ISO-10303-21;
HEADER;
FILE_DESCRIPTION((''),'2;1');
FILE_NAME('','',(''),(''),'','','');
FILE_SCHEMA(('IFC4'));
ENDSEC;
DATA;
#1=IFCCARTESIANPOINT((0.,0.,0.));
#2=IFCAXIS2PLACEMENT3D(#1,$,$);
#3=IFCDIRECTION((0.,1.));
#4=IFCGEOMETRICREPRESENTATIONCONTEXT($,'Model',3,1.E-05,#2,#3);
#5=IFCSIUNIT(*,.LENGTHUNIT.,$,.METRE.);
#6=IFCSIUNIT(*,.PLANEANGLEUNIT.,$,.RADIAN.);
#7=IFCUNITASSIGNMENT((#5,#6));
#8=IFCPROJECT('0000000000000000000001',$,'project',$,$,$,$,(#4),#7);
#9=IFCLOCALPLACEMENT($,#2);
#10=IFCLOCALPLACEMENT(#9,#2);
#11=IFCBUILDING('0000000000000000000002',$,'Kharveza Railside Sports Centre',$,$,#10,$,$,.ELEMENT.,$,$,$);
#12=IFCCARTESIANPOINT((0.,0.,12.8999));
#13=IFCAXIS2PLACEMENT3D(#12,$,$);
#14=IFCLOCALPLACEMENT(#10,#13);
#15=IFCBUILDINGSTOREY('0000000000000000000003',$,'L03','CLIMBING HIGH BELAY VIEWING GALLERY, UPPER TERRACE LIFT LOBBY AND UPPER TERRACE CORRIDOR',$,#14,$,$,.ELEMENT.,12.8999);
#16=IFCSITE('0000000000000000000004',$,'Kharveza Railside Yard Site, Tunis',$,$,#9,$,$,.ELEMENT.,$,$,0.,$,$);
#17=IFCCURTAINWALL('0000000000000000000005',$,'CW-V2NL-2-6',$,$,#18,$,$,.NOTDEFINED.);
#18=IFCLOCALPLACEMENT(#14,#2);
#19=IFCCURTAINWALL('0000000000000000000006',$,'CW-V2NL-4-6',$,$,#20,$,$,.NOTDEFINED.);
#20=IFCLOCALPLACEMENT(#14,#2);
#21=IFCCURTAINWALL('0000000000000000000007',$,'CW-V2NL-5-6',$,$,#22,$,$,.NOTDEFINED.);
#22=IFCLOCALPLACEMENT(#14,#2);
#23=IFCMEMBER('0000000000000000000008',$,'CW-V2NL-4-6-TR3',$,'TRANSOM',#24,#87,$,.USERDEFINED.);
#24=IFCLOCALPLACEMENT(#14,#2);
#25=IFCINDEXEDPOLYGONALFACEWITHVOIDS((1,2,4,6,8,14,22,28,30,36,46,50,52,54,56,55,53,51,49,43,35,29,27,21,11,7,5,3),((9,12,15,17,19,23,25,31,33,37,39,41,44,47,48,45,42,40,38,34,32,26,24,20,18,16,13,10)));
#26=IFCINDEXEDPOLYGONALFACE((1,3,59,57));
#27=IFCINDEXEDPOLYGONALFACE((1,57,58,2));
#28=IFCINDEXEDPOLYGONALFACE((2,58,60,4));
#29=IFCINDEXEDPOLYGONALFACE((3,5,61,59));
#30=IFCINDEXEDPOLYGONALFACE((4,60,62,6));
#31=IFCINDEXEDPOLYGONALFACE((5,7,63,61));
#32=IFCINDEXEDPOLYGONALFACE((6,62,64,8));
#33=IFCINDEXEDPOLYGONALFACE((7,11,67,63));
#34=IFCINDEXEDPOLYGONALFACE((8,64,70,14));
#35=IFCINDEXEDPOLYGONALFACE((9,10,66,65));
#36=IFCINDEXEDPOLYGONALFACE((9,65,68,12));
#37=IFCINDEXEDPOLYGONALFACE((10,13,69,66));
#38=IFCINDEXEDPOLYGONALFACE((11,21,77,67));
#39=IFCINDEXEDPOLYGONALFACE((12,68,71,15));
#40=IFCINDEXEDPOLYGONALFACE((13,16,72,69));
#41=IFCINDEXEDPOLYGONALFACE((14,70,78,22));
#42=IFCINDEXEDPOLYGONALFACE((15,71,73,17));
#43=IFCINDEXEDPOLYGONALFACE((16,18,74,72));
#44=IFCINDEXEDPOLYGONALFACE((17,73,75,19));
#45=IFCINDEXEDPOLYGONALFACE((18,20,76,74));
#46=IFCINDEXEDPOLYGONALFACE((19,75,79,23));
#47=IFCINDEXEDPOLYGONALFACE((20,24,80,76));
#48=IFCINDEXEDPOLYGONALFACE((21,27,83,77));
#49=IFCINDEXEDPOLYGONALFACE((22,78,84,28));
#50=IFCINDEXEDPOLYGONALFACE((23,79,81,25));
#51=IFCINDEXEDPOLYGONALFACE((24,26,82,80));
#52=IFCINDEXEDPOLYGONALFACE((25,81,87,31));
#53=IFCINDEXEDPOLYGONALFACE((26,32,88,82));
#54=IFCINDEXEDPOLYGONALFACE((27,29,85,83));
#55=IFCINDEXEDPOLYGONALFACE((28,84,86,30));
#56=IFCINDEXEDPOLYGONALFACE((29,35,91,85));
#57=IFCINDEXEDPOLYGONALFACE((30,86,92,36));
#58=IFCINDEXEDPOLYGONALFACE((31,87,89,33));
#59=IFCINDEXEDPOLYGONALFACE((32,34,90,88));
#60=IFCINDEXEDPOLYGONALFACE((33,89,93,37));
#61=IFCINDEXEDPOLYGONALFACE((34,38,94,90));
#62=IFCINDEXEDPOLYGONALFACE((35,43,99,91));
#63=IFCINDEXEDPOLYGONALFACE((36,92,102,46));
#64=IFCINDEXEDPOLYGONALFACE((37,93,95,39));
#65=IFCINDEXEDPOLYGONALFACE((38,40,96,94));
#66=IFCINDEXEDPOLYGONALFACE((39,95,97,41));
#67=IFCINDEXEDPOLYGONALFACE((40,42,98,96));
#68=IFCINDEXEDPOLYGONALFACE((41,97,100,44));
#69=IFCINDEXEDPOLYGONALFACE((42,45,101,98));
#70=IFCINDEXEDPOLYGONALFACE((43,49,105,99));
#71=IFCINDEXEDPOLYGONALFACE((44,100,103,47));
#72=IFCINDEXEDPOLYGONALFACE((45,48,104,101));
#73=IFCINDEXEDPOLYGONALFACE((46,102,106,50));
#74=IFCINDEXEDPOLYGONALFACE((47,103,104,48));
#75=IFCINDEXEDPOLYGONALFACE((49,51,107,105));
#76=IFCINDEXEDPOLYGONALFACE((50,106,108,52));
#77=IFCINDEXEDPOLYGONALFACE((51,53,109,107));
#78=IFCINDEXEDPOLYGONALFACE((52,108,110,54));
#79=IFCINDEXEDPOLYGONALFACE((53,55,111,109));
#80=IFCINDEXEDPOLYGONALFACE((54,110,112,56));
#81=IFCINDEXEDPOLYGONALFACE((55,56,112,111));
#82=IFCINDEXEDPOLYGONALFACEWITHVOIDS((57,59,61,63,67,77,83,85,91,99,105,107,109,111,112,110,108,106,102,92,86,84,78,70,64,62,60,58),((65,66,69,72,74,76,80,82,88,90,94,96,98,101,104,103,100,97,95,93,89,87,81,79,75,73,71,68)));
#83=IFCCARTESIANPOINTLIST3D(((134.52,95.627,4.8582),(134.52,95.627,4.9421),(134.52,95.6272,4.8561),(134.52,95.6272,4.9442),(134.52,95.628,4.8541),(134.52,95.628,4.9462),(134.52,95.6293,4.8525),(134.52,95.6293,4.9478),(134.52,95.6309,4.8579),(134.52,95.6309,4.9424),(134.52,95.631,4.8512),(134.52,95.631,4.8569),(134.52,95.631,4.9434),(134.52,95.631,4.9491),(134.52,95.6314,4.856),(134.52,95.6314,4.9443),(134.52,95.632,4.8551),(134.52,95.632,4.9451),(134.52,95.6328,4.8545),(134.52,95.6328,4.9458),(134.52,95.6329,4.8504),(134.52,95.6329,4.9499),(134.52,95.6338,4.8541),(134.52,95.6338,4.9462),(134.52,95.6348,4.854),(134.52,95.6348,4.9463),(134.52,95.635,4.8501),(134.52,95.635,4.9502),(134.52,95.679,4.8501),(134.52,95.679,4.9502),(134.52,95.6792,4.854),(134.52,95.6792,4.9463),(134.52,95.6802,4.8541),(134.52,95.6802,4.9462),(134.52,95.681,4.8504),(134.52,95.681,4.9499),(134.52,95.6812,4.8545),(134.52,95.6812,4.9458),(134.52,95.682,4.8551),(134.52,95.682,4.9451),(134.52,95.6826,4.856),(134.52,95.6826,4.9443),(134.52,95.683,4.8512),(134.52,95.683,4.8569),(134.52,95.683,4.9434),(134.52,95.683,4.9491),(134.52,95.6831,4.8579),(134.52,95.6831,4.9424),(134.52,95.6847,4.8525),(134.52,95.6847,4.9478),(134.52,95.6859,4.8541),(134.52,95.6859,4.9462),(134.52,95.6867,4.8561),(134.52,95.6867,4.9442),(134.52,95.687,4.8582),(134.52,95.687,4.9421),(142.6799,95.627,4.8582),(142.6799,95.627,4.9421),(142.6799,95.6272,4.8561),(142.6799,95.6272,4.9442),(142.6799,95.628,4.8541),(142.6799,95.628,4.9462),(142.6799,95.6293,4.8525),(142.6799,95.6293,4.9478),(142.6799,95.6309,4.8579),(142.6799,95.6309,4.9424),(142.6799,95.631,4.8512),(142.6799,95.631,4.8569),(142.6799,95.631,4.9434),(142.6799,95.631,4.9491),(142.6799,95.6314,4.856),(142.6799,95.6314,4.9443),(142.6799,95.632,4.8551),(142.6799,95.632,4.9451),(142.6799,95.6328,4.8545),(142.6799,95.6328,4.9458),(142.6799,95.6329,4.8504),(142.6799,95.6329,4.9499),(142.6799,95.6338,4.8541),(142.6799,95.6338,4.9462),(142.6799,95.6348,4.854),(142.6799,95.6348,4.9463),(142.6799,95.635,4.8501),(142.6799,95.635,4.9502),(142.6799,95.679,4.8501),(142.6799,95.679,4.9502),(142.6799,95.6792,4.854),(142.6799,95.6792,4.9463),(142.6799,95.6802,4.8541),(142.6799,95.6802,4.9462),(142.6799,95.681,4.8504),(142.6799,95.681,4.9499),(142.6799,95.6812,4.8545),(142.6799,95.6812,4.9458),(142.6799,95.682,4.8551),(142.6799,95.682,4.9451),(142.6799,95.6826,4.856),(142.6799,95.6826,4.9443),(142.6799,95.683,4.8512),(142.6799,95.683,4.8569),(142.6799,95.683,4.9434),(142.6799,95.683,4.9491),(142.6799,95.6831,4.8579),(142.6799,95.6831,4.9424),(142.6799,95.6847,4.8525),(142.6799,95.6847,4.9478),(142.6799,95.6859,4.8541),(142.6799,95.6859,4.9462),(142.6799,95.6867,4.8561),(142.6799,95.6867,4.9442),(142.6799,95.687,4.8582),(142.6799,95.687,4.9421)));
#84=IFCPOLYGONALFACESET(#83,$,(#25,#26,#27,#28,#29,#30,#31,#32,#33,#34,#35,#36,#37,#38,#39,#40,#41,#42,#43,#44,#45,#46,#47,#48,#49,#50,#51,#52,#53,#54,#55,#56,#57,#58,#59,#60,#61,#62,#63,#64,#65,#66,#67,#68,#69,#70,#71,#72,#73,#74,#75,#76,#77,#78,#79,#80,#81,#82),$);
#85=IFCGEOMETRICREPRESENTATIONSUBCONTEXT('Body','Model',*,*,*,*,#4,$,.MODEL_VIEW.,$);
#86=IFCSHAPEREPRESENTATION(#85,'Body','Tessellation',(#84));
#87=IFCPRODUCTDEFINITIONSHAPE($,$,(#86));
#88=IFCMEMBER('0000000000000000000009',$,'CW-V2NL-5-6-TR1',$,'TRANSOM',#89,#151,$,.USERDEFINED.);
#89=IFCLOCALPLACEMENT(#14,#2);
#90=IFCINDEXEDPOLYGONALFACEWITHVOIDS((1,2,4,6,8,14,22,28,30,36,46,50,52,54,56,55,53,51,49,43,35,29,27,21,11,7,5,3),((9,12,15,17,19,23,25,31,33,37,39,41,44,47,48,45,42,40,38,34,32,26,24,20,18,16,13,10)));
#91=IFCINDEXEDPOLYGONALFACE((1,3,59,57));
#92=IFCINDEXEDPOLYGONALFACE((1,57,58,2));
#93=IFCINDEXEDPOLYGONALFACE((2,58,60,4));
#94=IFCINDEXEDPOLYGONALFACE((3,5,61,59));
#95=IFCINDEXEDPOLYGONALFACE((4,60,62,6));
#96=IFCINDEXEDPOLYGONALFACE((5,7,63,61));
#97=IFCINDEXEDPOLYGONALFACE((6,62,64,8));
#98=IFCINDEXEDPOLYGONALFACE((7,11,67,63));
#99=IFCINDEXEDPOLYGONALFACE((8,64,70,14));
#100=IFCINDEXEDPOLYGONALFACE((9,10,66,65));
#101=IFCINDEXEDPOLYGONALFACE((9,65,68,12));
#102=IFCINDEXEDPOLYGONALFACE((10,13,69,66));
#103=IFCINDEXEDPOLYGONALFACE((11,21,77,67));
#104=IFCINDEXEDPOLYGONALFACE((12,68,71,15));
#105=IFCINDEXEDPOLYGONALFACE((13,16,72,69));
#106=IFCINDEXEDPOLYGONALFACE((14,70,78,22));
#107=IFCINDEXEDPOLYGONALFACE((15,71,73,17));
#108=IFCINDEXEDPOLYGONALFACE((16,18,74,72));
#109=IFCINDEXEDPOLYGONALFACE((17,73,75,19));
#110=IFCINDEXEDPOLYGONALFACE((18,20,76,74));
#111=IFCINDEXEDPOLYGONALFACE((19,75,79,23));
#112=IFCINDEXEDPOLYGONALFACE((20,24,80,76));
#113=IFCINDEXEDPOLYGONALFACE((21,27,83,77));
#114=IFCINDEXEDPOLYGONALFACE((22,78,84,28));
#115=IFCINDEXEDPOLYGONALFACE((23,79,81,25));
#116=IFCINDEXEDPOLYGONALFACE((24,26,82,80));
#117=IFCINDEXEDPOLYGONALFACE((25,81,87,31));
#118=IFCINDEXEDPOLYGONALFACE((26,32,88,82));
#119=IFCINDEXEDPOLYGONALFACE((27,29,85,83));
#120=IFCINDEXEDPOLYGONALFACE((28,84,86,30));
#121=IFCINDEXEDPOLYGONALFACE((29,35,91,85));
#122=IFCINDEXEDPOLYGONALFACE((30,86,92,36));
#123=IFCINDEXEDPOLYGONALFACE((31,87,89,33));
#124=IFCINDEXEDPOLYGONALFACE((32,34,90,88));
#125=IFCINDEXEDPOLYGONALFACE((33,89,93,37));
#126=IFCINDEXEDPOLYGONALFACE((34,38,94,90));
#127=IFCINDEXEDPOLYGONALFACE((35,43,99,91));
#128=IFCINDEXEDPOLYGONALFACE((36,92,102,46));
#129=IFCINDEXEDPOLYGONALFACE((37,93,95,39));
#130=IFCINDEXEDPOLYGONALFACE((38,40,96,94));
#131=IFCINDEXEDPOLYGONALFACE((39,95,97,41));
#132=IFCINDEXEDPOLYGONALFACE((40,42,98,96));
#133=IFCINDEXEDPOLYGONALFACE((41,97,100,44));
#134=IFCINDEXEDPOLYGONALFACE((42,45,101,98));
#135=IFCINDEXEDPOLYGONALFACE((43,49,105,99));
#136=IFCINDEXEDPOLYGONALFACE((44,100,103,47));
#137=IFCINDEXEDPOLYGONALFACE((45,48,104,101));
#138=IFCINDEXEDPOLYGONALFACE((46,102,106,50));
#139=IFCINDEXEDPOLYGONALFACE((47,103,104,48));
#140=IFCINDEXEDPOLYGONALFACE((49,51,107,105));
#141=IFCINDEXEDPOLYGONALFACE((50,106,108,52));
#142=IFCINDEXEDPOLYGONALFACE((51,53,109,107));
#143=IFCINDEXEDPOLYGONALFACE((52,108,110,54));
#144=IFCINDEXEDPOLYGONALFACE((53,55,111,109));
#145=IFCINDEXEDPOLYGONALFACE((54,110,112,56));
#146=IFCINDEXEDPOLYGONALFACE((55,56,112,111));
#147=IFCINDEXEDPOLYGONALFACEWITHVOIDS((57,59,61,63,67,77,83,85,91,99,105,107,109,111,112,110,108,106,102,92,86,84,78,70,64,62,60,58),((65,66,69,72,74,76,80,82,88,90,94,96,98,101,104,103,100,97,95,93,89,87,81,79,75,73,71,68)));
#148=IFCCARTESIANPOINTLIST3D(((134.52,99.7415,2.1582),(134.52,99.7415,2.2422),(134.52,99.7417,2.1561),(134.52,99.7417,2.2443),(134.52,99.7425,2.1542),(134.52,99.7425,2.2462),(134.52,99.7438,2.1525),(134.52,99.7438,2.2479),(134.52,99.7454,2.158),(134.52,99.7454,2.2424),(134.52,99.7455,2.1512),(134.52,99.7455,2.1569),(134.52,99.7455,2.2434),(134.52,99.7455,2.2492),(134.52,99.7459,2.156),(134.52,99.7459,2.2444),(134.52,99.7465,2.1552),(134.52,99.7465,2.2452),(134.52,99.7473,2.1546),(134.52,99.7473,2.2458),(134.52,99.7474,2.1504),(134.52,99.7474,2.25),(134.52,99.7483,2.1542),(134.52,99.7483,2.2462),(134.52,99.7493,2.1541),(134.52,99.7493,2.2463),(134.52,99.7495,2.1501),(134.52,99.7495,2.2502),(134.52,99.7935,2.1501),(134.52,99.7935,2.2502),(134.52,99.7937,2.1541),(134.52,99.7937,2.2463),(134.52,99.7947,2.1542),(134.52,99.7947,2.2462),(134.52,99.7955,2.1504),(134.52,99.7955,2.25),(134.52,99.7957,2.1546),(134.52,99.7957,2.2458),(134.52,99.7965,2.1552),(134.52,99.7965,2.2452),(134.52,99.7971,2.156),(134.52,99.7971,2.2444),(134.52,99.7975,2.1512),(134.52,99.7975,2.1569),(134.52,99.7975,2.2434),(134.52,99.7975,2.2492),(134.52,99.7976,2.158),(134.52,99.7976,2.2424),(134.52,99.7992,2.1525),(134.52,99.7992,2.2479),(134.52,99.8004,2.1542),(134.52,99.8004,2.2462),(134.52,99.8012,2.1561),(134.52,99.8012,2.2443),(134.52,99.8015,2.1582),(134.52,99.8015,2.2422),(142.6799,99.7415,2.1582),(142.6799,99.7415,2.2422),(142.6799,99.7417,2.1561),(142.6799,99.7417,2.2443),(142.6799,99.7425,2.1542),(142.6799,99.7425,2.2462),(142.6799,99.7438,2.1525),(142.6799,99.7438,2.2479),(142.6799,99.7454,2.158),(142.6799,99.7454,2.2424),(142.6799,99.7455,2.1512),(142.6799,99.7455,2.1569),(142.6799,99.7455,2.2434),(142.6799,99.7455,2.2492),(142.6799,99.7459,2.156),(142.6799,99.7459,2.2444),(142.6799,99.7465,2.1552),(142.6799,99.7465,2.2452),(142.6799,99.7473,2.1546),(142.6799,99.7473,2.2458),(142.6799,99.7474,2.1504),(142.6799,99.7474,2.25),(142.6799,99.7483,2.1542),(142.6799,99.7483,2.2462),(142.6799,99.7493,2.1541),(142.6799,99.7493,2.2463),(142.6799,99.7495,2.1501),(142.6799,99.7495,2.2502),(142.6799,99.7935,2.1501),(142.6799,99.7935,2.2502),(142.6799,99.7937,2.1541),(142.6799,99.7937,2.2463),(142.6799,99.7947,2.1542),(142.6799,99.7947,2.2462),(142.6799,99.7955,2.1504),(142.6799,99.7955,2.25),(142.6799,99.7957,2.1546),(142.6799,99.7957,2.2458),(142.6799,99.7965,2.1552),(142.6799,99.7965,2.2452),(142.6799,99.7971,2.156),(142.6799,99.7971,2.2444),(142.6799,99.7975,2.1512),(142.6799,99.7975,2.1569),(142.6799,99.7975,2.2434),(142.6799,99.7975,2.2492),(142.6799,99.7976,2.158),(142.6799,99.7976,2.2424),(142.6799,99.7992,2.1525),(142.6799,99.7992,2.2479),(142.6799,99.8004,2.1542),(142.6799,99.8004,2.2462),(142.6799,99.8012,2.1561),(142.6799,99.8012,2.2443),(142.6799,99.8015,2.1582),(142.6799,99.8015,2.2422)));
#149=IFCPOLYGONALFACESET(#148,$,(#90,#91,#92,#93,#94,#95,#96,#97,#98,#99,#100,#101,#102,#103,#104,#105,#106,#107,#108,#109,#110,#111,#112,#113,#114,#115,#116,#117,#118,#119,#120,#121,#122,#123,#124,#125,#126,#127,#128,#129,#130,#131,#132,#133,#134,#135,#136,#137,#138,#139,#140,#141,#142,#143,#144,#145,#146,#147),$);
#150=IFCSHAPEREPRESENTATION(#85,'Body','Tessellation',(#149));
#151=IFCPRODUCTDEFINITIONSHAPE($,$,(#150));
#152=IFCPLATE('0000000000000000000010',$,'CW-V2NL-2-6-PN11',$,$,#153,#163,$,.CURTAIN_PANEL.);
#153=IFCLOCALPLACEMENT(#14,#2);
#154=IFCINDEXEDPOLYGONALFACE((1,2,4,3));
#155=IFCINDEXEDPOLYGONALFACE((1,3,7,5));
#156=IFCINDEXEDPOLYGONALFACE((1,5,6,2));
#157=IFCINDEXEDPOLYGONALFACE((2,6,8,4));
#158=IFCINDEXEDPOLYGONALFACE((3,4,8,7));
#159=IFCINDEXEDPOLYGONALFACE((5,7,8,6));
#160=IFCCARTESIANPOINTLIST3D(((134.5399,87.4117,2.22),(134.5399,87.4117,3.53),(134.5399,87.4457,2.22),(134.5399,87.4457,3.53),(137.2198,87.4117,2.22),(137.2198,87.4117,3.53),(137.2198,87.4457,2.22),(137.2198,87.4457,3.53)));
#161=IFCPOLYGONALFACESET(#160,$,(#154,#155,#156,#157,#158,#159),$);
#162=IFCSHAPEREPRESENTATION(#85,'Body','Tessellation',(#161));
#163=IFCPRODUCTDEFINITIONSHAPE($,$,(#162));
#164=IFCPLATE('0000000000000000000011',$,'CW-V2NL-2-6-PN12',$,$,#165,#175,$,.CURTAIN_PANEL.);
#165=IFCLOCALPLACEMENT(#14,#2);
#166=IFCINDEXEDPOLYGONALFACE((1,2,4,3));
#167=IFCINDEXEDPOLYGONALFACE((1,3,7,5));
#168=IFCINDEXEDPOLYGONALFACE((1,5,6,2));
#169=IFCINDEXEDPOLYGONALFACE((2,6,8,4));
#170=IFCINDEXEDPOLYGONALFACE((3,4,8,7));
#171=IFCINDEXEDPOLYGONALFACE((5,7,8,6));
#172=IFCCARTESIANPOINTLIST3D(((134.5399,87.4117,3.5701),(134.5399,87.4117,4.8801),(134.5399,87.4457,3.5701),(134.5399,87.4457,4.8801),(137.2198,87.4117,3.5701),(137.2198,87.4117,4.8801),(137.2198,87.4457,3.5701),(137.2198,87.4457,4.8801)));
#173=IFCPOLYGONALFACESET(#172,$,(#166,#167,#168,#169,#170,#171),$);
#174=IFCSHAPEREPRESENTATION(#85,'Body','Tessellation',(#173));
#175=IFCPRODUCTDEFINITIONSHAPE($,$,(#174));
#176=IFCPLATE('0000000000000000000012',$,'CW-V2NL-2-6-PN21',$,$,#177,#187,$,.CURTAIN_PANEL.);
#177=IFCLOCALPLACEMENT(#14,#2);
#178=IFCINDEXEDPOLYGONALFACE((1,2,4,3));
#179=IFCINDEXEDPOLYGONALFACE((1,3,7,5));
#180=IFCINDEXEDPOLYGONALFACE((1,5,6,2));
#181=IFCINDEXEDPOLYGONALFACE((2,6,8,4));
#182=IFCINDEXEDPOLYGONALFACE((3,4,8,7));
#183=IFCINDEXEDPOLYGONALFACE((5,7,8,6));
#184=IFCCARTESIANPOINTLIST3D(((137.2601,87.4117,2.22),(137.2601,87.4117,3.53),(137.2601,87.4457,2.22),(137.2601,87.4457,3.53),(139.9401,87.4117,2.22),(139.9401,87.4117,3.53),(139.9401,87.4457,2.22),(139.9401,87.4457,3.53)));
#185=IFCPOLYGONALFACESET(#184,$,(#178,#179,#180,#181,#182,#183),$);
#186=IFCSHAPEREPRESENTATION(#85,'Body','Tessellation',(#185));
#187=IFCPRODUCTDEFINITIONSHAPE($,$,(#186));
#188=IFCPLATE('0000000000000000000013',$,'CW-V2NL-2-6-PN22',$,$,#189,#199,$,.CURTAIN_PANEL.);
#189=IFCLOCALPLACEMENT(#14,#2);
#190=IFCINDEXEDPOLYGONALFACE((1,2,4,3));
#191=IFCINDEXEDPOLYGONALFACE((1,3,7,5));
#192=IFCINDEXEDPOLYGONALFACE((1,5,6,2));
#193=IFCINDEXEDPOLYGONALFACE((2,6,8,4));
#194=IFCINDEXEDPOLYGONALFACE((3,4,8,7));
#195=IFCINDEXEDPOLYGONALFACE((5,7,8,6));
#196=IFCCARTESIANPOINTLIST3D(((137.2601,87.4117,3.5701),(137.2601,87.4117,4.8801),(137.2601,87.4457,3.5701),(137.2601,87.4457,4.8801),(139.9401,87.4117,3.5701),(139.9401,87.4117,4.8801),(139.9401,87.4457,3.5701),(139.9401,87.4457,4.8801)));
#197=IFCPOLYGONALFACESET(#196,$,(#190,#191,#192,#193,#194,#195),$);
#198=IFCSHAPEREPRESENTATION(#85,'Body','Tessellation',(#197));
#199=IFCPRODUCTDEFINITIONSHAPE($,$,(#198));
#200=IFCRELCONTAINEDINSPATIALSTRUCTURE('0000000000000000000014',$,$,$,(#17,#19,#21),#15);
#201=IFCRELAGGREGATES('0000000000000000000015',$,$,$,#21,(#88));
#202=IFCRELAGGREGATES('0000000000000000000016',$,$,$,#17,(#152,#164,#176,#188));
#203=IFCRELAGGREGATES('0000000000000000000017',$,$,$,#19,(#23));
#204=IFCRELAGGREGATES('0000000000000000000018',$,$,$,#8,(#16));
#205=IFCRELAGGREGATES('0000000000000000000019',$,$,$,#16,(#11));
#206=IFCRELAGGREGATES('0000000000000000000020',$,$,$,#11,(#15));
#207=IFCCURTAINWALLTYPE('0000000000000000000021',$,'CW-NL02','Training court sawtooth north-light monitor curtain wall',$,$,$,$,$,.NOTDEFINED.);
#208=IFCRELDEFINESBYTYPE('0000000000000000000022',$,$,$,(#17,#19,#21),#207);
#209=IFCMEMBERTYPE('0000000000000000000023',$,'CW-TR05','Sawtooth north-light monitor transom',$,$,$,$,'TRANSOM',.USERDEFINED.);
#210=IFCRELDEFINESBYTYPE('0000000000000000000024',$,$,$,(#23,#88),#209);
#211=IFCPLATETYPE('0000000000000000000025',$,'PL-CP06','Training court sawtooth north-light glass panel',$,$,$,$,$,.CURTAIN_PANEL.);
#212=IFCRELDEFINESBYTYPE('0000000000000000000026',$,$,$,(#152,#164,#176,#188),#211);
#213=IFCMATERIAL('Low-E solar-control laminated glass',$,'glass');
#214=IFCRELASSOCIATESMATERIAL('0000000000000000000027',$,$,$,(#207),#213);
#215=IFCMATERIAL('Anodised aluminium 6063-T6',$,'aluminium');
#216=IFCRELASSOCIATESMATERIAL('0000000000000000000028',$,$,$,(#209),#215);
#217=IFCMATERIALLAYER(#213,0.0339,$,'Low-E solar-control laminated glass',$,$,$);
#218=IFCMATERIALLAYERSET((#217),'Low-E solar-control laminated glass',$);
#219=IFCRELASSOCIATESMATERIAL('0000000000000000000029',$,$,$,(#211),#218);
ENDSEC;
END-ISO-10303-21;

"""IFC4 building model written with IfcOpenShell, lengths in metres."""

from ifc_helpers import new_model, si_unit, direction, frame, origin, origin_2d, place, context, subcontext, project, spatial, rectangle, hollow_rectangle, extrude, material, layer, layer_set, material_profile, profile_set, type_object, element, aggregate, save


model = new_model("IFC4")

# Units and contexts
model_context = context("Model", 3, precision=1e-05, world=origin(), true_north=direction((0.0, 1.0)))
body_context = subcontext(model_context, "Body", "Model", "MODEL_VIEW")
ifc_project = project(units=[si_unit("LENGTHUNIT", "METRE"), si_unit("PLANEANGLEUNIT", "RADIAN")], contexts=[model_context])

# Site, building, storey
site_placement = place(None, origin())
site = spatial("IfcSite", under=ifc_project, at=site_placement, Name="Kharveza Railside Yard Site, Tunis", CompositionType="ELEMENT", RefElevation=0.0)
building_placement = place(site_placement, origin())
building = spatial("IfcBuilding", under=site, at=building_placement, Name="Kharveza Railside Sports Centre", CompositionType="ELEMENT")
storey_placement = place(building_placement, frame((0.0, 0.0, 12.8999)))
storey = spatial("IfcBuildingStorey", under=building, at=storey_placement, Name="L03", Description="CLIMBING HIGH BELAY VIEWING GALLERY, UPPER TERRACE LIFT LOBBY AND UPPER TERRACE CORRIDOR", CompositionType="ELEMENT", Elevation=12.8999)

# Curtain walls
ifc_material_1 = material(Name="Low-E solar-control laminated glass", Category="glass")
curtain_wall_type = type_object("IfcCurtainWallType", Name="CW-NL02", Description="Training court sawtooth north-light monitor curtain wall", PredefinedType="NOTDEFINED", material=ifc_material_1)
curtain_wall_1_placement = place(storey_placement, origin())
curtain_wall_1 = element("IfcCurtainWall", 1, at=curtain_wall_1_placement, inside=storey, type_object=curtain_wall_type, Name="CW-V2NL-2-6", PredefinedType="NOTDEFINED")
ifc_material_2 = material(Name="Anodised aluminium 6063-T6", Category="aluminium")
curtain_wall_2_placement = place(storey_placement, origin())
curtain_wall_2 = element("IfcCurtainWall", 2, at=curtain_wall_2_placement, inside=storey, type_object=curtain_wall_type, Name="CW-V2NL-4-6", PredefinedType="NOTDEFINED")

# Curtain wall
curtain_wall_3_placement = place(storey_placement, origin())
curtain_wall_3 = element("IfcCurtainWall", 3, at=curtain_wall_3_placement, inside=storey, type_object=curtain_wall_type, Name="CW-V2NL-5-6", PredefinedType="NOTDEFINED")

# Members
ifc_material_profile_1 = material_profile(ifc_material_2, hollow_rectangle(XDim=0.0601, YDim=0.1001, WallThickness=0.0039, InnerFilletRadius=0.0039, OuterFilletRadius=0.0081, at=origin_2d()), Name="RHS 60x100x4.0")
ifc_profile_set_1 = profile_set([ifc_material_profile_1], Name="Anodised aluminium 6063-T6")
member_type_1 = type_object("IfcMemberType", Name="CW-TR05", Description="Sawtooth north-light monitor transom", ElementType="TRANSOM", PredefinedType="USERDEFINED", material=ifc_profile_set_1)
member_1_placement = place(storey_placement, frame((134.52, 95.657, 4.9001), z_axis=(1.0, 0.0, 0.0), x_axis=(0.0, 1.0, 0.0)))
member_1 = element("IfcMember", 4, at=member_1_placement, type_object=member_type_1, Name="CW-V2NL-4-6-TR3", ObjectType="TRANSOM", PredefinedType="USERDEFINED", context=body_context, shape_type="SweptSolid", body=[
    extrude(hollow_rectangle(XDim=0.0601, YDim=0.1001, WallThickness=0.0039, InnerFilletRadius=0.0039, OuterFilletRadius=0.0081, at=origin_2d()), origin(), (0.0, 0.0, 1.0), 8.1599),
])
member_2_placement = place(storey_placement, frame((134.52, 99.7715, 2.2002), z_axis=(1.0, 0.0, 0.0), x_axis=(0.0, 1.0, 0.0)))
member_2 = element("IfcMember", 5, at=member_2_placement, type_object=member_type_1, Name="CW-V2NL-5-6-TR1", ObjectType="TRANSOM", PredefinedType="USERDEFINED", context=body_context, shape_type="SweptSolid", body=[
    extrude(hollow_rectangle(XDim=0.0601, YDim=0.1001, WallThickness=0.0039, InnerFilletRadius=0.0039, OuterFilletRadius=0.0081, at=origin_2d()), origin(), (0.0, 0.0, 1.0), 8.1599),
])
aggregate(curtain_wall_3, [member_2])

# Plates
ifc_layer = layer(ifc_material_1, 0.0339, Name="Low-E solar-control laminated glass")
ifc_layer_set = layer_set([ifc_layer], Name="Low-E solar-control laminated glass")
plate_type = type_object("IfcPlateType", Name="PL-CP06", Description="Training court sawtooth north-light glass panel", PredefinedType="CURTAIN_PANEL", material=ifc_layer_set)
plate_1_placement = place(storey_placement, frame((135.8799, 87.4287, 2.22), z_axis=(0.0, 0.0, 1.0), x_axis=(1.0, 0.0, 0.0)))
plate_1 = element("IfcPlate", 6, at=plate_1_placement, type_object=plate_type, Name="CW-V2NL-2-6-PN11", PredefinedType="CURTAIN_PANEL", context=body_context, shape_type="SweptSolid", body=[
    extrude(rectangle(XDim=2.6799, YDim=0.0339, at=origin_2d()), origin(), (0.0, 0.0, 1.0), 1.3101),
])
plate_2_placement = place(storey_placement, frame((135.8799, 87.4287, 3.5701), z_axis=(0.0, 0.0, 1.0), x_axis=(1.0, 0.0, 0.0)))
plate_2 = element("IfcPlate", 7, at=plate_2_placement, type_object=plate_type, Name="CW-V2NL-2-6-PN12", PredefinedType="CURTAIN_PANEL", context=body_context, shape_type="SweptSolid", body=[
    extrude(rectangle(XDim=2.6799, YDim=0.0339, at=origin_2d()), origin(), (0.0, 0.0, 1.0), 1.3101),
])
plate_3_placement = place(storey_placement, frame((138.6001, 87.4287, 2.22), z_axis=(0.0, 0.0, 1.0), x_axis=(1.0, 0.0, 0.0)))
plate_3 = element("IfcPlate", 8, at=plate_3_placement, type_object=plate_type, Name="CW-V2NL-2-6-PN21", PredefinedType="CURTAIN_PANEL", context=body_context, shape_type="SweptSolid", body=[
    extrude(rectangle(XDim=2.6799, YDim=0.0339, at=origin_2d()), origin(), (0.0, 0.0, 1.0), 1.3101),
])
plate_4_placement = place(storey_placement, frame((138.6001, 87.4287, 3.5701), z_axis=(0.0, 0.0, 1.0), x_axis=(1.0, 0.0, 0.0)))
plate_4 = element("IfcPlate", 9, at=plate_4_placement, type_object=plate_type, Name="CW-V2NL-2-6-PN22", PredefinedType="CURTAIN_PANEL", context=body_context, shape_type="SweptSolid", body=[
    extrude(rectangle(XDim=2.6799, YDim=0.0339, at=origin_2d()), origin(), (0.0, 0.0, 1.0), 1.3101),
])
aggregate(curtain_wall_1, [plate_1, plate_2, plate_3, plate_4])
aggregate(curtain_wall_2, [member_1])

save(model, "model.ifc")
